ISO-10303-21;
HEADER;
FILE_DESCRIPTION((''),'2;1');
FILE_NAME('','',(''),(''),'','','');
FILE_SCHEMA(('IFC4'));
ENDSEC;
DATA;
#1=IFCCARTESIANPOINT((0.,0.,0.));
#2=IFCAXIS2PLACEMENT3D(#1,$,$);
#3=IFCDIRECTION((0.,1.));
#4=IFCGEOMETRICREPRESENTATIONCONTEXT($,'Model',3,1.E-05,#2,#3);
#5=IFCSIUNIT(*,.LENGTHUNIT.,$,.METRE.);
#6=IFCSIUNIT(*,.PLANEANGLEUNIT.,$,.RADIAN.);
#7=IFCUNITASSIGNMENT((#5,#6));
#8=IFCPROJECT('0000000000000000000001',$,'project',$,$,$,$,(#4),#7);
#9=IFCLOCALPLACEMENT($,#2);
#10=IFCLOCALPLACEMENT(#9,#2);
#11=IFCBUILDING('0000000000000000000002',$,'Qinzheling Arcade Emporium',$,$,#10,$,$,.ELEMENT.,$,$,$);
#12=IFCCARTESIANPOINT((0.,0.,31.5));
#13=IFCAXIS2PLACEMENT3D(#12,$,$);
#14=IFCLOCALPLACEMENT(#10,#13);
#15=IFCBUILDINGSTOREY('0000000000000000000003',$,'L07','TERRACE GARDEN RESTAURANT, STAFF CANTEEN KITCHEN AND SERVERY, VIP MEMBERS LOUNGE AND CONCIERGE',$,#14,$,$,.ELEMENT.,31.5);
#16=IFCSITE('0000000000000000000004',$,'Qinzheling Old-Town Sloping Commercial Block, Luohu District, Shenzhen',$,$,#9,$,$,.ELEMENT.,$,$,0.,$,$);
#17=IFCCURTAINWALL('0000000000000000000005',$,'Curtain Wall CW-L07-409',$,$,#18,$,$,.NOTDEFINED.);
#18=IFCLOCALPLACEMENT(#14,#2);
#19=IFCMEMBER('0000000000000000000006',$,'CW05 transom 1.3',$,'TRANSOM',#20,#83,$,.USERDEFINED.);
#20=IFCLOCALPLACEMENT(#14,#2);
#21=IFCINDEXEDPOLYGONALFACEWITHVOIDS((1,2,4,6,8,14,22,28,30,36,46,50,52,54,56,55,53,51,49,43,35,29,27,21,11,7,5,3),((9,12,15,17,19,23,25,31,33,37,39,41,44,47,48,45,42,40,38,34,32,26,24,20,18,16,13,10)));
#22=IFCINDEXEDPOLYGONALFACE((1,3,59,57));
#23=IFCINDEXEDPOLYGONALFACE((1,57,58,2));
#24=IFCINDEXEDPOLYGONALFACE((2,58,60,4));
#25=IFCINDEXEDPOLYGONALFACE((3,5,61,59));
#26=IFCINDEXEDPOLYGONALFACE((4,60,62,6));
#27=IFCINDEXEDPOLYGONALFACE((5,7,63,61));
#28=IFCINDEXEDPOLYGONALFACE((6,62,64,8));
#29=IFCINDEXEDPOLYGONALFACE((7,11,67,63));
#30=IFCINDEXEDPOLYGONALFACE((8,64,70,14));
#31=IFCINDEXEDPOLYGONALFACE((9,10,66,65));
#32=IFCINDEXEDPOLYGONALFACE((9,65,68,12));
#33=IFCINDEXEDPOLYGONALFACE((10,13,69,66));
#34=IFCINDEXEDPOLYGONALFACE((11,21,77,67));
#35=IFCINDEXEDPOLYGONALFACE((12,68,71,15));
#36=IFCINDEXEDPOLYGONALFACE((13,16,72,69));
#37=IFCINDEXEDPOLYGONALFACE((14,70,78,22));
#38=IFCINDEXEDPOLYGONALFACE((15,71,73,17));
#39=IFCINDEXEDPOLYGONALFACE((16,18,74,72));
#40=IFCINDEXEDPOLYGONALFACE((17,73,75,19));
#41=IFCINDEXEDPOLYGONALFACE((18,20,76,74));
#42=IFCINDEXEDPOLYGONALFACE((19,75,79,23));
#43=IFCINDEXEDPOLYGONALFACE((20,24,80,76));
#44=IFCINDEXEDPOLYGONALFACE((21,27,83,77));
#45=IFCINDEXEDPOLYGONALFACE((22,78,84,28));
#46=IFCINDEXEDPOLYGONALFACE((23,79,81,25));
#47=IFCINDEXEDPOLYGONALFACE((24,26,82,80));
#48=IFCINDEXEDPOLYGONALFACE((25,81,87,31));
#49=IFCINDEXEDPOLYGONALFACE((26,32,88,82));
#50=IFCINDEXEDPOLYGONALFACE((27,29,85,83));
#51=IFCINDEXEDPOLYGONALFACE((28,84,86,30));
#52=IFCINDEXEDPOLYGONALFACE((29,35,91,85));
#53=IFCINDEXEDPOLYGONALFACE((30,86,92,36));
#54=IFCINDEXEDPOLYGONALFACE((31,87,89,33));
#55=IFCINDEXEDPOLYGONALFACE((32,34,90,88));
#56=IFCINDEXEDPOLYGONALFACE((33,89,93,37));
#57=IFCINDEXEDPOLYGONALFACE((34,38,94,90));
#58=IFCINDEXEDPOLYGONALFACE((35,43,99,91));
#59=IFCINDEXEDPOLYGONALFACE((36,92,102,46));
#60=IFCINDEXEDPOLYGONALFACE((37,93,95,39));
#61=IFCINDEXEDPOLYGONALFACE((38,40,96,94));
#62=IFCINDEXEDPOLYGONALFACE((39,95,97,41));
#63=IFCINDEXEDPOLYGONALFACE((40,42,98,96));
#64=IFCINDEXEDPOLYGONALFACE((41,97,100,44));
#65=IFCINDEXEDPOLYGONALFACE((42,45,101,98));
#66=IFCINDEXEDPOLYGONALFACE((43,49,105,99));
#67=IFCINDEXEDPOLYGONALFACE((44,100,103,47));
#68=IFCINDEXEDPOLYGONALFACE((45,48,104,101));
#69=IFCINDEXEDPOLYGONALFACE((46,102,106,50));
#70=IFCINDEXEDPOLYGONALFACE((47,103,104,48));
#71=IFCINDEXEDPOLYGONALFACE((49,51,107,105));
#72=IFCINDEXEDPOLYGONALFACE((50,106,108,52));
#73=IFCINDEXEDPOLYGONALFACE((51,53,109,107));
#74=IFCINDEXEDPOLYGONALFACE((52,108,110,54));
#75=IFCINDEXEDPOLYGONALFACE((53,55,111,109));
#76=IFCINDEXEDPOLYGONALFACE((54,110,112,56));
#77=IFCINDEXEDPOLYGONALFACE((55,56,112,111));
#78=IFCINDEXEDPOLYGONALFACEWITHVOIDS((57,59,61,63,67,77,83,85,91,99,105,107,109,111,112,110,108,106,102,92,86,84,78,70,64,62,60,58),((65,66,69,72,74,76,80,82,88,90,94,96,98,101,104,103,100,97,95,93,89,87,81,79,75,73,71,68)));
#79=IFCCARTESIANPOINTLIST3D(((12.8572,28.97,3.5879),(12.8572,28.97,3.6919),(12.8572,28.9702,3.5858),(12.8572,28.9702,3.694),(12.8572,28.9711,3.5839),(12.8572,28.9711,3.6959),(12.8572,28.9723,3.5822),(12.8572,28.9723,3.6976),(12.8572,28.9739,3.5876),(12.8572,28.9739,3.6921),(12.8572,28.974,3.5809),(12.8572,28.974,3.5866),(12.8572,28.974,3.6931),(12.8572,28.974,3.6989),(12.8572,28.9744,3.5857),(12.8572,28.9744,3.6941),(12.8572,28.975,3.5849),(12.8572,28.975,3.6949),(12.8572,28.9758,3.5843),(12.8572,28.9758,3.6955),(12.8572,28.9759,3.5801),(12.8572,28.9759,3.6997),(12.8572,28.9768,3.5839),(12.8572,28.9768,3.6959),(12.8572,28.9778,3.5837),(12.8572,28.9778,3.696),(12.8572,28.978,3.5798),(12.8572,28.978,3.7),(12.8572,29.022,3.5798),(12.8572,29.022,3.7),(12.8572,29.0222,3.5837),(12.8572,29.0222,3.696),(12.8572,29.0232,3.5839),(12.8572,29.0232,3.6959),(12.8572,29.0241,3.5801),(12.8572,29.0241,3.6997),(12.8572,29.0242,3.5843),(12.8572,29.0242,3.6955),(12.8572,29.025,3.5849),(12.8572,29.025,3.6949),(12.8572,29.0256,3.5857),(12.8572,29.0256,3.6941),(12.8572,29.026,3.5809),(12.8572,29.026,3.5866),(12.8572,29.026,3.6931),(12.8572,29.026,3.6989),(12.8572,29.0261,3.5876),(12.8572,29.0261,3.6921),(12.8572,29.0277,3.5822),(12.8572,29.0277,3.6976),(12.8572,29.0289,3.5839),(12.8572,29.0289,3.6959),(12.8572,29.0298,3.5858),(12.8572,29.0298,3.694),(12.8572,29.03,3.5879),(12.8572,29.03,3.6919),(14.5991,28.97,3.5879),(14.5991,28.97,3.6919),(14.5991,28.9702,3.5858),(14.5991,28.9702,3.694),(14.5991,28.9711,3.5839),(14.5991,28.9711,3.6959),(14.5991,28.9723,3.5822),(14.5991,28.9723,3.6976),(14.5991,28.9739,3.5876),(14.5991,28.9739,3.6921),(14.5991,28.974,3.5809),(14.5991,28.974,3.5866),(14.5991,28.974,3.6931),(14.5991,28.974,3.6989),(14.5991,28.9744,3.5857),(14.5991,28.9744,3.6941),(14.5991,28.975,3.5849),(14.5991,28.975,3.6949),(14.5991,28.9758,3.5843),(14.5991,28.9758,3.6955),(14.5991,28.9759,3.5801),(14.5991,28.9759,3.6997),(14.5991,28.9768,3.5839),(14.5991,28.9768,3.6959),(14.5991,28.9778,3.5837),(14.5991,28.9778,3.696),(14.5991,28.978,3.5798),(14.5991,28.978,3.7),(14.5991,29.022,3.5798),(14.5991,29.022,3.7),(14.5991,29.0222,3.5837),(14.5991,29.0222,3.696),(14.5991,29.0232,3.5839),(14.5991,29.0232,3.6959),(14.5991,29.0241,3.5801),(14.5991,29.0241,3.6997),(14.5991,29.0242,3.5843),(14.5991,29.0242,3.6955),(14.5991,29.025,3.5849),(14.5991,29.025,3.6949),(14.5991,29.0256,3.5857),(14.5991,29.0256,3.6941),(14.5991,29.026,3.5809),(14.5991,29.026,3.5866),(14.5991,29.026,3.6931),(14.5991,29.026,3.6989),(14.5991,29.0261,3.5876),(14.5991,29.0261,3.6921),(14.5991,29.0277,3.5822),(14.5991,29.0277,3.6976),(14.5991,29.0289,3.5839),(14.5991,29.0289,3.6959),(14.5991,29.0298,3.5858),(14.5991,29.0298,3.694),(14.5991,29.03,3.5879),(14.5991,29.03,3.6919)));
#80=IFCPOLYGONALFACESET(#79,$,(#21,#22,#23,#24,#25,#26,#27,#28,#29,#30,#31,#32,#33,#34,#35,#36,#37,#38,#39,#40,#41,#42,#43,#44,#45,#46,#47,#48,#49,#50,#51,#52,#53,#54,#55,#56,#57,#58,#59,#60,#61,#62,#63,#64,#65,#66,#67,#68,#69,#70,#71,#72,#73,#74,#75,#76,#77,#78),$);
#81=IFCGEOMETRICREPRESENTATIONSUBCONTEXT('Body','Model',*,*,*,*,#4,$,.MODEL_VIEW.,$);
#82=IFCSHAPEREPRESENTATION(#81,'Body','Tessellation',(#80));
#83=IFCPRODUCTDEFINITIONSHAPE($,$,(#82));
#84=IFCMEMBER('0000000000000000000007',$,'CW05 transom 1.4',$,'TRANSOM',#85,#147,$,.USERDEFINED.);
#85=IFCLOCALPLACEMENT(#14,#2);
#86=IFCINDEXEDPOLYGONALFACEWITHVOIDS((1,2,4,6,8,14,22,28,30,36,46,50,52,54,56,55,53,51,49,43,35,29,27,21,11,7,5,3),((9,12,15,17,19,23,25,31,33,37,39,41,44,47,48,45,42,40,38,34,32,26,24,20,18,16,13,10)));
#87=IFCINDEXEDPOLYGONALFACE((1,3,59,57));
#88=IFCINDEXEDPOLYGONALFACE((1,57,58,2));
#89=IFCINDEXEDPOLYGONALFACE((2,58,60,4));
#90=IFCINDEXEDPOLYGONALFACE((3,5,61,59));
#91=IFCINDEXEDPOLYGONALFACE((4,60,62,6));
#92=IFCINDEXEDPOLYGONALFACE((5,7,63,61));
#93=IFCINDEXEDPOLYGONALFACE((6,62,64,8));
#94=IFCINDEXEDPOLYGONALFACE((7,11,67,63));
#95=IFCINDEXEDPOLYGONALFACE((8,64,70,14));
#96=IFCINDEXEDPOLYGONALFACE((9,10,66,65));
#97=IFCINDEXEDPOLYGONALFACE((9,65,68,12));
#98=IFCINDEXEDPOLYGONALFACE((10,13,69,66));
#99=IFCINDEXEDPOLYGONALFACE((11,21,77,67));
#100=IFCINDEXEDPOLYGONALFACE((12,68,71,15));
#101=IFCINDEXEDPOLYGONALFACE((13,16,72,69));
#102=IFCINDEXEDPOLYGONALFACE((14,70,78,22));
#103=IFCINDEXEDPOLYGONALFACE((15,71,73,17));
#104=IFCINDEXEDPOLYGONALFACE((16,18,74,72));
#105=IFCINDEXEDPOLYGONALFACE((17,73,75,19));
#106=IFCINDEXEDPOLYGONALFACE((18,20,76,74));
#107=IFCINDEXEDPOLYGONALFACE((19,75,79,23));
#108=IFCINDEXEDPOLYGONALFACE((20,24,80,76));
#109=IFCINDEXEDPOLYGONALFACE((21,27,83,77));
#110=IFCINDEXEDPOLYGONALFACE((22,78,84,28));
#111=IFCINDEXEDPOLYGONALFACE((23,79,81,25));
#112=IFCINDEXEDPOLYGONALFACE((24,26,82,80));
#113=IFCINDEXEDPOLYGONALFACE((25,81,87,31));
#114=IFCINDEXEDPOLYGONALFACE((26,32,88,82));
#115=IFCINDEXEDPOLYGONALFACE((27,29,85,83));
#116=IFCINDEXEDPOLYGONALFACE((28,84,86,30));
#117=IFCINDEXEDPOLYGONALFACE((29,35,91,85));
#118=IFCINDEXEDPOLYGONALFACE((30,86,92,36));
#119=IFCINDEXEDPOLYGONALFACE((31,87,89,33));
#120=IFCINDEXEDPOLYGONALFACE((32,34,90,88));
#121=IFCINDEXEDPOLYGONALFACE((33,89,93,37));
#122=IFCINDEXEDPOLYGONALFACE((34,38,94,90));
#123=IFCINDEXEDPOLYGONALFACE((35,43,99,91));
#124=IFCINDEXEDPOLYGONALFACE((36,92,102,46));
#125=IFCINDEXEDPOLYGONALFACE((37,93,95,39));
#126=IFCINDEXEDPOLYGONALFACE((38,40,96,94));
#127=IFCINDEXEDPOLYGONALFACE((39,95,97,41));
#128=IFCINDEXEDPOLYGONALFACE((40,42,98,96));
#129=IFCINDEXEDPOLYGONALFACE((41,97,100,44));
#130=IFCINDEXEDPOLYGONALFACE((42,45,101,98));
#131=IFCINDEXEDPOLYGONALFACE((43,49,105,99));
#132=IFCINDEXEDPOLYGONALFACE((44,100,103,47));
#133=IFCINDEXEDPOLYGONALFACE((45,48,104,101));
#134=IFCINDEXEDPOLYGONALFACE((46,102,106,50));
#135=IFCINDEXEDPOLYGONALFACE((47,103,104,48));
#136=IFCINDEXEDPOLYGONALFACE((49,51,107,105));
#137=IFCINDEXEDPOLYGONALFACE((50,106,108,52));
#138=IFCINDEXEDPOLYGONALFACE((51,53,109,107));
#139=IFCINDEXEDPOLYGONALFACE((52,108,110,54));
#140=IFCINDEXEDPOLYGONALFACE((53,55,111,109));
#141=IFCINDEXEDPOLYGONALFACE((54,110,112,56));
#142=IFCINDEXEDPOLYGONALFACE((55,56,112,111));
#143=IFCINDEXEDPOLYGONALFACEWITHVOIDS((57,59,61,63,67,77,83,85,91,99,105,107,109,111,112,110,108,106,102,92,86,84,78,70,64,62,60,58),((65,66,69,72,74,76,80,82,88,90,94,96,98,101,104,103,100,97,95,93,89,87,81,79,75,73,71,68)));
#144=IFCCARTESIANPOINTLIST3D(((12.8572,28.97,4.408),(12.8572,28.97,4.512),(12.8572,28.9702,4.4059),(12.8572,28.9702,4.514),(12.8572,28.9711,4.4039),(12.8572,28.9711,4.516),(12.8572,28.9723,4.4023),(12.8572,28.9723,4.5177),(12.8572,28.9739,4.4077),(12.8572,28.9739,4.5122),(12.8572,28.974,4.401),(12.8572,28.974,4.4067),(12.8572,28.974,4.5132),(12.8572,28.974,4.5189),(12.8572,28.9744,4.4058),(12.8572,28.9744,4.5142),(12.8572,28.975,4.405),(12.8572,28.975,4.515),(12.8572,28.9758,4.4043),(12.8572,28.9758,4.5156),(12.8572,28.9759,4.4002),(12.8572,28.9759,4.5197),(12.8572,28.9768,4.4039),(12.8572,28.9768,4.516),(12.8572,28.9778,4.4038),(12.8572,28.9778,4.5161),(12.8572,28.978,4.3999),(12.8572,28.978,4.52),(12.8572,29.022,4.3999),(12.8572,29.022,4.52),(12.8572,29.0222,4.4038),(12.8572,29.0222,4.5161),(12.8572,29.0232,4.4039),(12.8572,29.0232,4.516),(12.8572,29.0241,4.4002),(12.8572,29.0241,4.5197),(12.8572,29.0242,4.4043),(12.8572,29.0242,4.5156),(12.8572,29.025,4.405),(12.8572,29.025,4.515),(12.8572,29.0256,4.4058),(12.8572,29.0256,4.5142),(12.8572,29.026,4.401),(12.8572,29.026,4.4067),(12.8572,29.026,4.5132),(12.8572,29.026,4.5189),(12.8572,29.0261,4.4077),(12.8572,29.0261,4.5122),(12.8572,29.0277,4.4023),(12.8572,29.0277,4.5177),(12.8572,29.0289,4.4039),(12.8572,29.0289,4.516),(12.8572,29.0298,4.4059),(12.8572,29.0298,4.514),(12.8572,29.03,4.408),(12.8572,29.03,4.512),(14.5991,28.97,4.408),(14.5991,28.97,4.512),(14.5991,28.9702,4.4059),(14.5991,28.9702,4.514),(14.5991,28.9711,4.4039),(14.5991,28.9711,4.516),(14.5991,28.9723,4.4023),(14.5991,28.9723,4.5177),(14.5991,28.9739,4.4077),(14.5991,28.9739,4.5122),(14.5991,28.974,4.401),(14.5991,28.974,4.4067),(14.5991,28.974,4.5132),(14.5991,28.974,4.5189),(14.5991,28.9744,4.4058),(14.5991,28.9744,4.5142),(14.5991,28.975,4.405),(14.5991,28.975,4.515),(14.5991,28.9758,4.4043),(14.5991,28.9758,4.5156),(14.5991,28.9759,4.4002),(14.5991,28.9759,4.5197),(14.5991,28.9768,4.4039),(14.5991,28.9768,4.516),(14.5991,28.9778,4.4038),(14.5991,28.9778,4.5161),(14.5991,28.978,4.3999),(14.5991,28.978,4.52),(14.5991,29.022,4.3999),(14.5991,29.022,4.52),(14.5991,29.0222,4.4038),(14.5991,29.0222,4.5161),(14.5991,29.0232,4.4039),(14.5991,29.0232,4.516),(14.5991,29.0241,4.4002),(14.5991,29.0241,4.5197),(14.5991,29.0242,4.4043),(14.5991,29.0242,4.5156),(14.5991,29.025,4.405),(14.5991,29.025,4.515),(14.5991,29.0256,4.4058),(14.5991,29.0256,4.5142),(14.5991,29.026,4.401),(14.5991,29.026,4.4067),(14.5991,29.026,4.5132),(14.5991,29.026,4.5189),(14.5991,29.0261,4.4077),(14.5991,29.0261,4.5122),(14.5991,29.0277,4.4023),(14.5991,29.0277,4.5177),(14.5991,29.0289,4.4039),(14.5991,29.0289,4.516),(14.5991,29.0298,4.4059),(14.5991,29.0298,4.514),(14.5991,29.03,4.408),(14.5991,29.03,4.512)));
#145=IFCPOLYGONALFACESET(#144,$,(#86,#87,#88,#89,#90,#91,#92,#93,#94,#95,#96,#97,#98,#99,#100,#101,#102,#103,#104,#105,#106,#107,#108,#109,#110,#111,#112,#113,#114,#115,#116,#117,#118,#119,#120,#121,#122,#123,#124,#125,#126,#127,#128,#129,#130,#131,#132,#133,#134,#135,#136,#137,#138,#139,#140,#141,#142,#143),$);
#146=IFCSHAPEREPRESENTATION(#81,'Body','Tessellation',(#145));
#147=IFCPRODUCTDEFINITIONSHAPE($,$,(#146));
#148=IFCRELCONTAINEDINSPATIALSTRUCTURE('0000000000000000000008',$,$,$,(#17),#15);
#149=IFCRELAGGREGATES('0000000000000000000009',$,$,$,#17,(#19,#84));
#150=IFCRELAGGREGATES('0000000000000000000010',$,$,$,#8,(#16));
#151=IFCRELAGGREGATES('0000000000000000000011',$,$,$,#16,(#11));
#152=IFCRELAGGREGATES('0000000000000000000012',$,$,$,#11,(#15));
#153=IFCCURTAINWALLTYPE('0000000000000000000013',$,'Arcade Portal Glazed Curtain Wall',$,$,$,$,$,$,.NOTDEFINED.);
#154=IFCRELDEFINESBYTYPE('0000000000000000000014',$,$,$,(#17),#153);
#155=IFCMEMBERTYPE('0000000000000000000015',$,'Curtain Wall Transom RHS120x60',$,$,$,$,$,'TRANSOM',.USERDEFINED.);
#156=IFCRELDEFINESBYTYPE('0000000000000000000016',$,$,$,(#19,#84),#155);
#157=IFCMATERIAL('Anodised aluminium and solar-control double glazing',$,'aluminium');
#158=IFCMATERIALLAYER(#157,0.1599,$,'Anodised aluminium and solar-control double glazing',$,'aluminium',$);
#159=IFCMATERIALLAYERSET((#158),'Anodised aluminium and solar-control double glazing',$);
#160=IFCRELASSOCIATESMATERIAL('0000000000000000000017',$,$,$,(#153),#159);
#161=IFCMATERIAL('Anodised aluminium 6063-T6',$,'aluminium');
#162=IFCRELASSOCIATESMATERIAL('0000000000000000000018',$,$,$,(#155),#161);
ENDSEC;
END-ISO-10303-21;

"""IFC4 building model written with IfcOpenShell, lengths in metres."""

from ifc_helpers import new_model, si_unit, direction, frame, origin, origin_2d, place, context, subcontext, project, spatial, hollow_rectangle, extrude, material, layer, layer_set, material_profile, profile_set, type_object, element, aggregate, save


model = new_model("IFC4")

# Units and contexts
model_context = context("Model", 3, precision=1e-05, world=origin(), true_north=direction((0.0, 1.0)))
body_context = subcontext(model_context, "Body", "Model", "MODEL_VIEW")
ifc_project = project(units=[si_unit("LENGTHUNIT", "METRE"), si_unit("PLANEANGLEUNIT", "RADIAN")], contexts=[model_context])

# Site, building, storey
site_placement = place(None, origin())
site = spatial("IfcSite", under=ifc_project, at=site_placement, Name="Qinzheling Old-Town Sloping Commercial Block, Luohu District, Shenzhen", CompositionType="ELEMENT", RefElevation=0.0)
building_placement = place(site_placement, origin())
building = spatial("IfcBuilding", under=site, at=building_placement, Name="Qinzheling Arcade Emporium", CompositionType="ELEMENT")
storey_placement = place(building_placement, frame((0.0, 0.0, 31.5)))
storey = spatial("IfcBuildingStorey", under=building, at=storey_placement, Name="L07", Description="TERRACE GARDEN RESTAURANT, STAFF CANTEEN KITCHEN AND SERVERY, VIP MEMBERS LOUNGE AND CONCIERGE", CompositionType="ELEMENT", Elevation=31.5)

# Shared definitions
ifc_material_1 = material(Name="Anodised aluminium and solar-control double glazing", Category="aluminium")
ifc_material_2 = material(Name="Anodised aluminium 6063-T6", Category="aluminium")

# Curtain wall, members
ifc_layer_1 = layer(ifc_material_1, 0.1599, Name="Anodised aluminium and solar-control double glazing", Category="aluminium")
ifc_layer_set_1 = layer_set([ifc_layer_1], Name="Anodised aluminium and solar-control double glazing")
curtain_wall_type_1 = type_object("IfcCurtainWallType", Name="Arcade Portal Glazed Curtain Wall", PredefinedType="NOTDEFINED", material=ifc_layer_set_1)
curtain_wall_1_placement = place(storey_placement, origin())
curtain_wall_1 = element("IfcCurtainWall", 1, at=curtain_wall_1_placement, inside=storey, type_object=curtain_wall_type_1, Name="Curtain Wall CW-L07-409", PredefinedType="NOTDEFINED")
ifc_material_profile_1 = material_profile(ifc_material_2, hollow_rectangle(XDim=0.0601, YDim=0.1201, WallThickness=0.0039, InnerFilletRadius=0.0039, OuterFilletRadius=0.0081, at=origin_2d()), Name="RHS 120x60x4", Category="aluminium")
ifc_profile_set_1 = profile_set([ifc_material_profile_1], Name="Anodised aluminium 6063-T6")
member_type_1 = type_object("IfcMemberType", Name="Curtain Wall Transom RHS120x60", ElementType="TRANSOM", PredefinedType="USERDEFINED", material=ifc_profile_set_1)
member_1_placement = place(storey_placement, frame((14.5991, 29.0, 3.6399), z_axis=(-1.0, 0.0, 0.0), x_axis=(0.0, -1.0, 0.0)))
member_1 = element("IfcMember", 2, at=member_1_placement, type_object=member_type_1, Name="CW05 transom 1.3", ObjectType="TRANSOM", PredefinedType="USERDEFINED", context=body_context, shape_type="SweptSolid", body=[
    extrude(hollow_rectangle(XDim=0.0601, YDim=0.1201, WallThickness=0.0039, InnerFilletRadius=0.0039, OuterFilletRadius=0.0081, at=origin_2d()), origin(), (0.0, 0.0, 1.0), 1.7419),
])
member_2_placement = place(storey_placement, frame((14.5991, 29.0, 4.46), z_axis=(-1.0, 0.0, 0.0), x_axis=(0.0, -1.0, 0.0)))
member_2 = element("IfcMember", 3, at=member_2_placement, type_object=member_type_1, Name="CW05 transom 1.4", ObjectType="TRANSOM", PredefinedType="USERDEFINED", context=body_context, shape_type="SweptSolid", body=[
    extrude(hollow_rectangle(XDim=0.0601, YDim=0.1201, WallThickness=0.0039, InnerFilletRadius=0.0039, OuterFilletRadius=0.0081, at=origin_2d()), origin(), (0.0, 0.0, 1.0), 1.7419),
])

aggregate(curtain_wall_1, [member_1, member_2])

save(model, "model.ifc")
